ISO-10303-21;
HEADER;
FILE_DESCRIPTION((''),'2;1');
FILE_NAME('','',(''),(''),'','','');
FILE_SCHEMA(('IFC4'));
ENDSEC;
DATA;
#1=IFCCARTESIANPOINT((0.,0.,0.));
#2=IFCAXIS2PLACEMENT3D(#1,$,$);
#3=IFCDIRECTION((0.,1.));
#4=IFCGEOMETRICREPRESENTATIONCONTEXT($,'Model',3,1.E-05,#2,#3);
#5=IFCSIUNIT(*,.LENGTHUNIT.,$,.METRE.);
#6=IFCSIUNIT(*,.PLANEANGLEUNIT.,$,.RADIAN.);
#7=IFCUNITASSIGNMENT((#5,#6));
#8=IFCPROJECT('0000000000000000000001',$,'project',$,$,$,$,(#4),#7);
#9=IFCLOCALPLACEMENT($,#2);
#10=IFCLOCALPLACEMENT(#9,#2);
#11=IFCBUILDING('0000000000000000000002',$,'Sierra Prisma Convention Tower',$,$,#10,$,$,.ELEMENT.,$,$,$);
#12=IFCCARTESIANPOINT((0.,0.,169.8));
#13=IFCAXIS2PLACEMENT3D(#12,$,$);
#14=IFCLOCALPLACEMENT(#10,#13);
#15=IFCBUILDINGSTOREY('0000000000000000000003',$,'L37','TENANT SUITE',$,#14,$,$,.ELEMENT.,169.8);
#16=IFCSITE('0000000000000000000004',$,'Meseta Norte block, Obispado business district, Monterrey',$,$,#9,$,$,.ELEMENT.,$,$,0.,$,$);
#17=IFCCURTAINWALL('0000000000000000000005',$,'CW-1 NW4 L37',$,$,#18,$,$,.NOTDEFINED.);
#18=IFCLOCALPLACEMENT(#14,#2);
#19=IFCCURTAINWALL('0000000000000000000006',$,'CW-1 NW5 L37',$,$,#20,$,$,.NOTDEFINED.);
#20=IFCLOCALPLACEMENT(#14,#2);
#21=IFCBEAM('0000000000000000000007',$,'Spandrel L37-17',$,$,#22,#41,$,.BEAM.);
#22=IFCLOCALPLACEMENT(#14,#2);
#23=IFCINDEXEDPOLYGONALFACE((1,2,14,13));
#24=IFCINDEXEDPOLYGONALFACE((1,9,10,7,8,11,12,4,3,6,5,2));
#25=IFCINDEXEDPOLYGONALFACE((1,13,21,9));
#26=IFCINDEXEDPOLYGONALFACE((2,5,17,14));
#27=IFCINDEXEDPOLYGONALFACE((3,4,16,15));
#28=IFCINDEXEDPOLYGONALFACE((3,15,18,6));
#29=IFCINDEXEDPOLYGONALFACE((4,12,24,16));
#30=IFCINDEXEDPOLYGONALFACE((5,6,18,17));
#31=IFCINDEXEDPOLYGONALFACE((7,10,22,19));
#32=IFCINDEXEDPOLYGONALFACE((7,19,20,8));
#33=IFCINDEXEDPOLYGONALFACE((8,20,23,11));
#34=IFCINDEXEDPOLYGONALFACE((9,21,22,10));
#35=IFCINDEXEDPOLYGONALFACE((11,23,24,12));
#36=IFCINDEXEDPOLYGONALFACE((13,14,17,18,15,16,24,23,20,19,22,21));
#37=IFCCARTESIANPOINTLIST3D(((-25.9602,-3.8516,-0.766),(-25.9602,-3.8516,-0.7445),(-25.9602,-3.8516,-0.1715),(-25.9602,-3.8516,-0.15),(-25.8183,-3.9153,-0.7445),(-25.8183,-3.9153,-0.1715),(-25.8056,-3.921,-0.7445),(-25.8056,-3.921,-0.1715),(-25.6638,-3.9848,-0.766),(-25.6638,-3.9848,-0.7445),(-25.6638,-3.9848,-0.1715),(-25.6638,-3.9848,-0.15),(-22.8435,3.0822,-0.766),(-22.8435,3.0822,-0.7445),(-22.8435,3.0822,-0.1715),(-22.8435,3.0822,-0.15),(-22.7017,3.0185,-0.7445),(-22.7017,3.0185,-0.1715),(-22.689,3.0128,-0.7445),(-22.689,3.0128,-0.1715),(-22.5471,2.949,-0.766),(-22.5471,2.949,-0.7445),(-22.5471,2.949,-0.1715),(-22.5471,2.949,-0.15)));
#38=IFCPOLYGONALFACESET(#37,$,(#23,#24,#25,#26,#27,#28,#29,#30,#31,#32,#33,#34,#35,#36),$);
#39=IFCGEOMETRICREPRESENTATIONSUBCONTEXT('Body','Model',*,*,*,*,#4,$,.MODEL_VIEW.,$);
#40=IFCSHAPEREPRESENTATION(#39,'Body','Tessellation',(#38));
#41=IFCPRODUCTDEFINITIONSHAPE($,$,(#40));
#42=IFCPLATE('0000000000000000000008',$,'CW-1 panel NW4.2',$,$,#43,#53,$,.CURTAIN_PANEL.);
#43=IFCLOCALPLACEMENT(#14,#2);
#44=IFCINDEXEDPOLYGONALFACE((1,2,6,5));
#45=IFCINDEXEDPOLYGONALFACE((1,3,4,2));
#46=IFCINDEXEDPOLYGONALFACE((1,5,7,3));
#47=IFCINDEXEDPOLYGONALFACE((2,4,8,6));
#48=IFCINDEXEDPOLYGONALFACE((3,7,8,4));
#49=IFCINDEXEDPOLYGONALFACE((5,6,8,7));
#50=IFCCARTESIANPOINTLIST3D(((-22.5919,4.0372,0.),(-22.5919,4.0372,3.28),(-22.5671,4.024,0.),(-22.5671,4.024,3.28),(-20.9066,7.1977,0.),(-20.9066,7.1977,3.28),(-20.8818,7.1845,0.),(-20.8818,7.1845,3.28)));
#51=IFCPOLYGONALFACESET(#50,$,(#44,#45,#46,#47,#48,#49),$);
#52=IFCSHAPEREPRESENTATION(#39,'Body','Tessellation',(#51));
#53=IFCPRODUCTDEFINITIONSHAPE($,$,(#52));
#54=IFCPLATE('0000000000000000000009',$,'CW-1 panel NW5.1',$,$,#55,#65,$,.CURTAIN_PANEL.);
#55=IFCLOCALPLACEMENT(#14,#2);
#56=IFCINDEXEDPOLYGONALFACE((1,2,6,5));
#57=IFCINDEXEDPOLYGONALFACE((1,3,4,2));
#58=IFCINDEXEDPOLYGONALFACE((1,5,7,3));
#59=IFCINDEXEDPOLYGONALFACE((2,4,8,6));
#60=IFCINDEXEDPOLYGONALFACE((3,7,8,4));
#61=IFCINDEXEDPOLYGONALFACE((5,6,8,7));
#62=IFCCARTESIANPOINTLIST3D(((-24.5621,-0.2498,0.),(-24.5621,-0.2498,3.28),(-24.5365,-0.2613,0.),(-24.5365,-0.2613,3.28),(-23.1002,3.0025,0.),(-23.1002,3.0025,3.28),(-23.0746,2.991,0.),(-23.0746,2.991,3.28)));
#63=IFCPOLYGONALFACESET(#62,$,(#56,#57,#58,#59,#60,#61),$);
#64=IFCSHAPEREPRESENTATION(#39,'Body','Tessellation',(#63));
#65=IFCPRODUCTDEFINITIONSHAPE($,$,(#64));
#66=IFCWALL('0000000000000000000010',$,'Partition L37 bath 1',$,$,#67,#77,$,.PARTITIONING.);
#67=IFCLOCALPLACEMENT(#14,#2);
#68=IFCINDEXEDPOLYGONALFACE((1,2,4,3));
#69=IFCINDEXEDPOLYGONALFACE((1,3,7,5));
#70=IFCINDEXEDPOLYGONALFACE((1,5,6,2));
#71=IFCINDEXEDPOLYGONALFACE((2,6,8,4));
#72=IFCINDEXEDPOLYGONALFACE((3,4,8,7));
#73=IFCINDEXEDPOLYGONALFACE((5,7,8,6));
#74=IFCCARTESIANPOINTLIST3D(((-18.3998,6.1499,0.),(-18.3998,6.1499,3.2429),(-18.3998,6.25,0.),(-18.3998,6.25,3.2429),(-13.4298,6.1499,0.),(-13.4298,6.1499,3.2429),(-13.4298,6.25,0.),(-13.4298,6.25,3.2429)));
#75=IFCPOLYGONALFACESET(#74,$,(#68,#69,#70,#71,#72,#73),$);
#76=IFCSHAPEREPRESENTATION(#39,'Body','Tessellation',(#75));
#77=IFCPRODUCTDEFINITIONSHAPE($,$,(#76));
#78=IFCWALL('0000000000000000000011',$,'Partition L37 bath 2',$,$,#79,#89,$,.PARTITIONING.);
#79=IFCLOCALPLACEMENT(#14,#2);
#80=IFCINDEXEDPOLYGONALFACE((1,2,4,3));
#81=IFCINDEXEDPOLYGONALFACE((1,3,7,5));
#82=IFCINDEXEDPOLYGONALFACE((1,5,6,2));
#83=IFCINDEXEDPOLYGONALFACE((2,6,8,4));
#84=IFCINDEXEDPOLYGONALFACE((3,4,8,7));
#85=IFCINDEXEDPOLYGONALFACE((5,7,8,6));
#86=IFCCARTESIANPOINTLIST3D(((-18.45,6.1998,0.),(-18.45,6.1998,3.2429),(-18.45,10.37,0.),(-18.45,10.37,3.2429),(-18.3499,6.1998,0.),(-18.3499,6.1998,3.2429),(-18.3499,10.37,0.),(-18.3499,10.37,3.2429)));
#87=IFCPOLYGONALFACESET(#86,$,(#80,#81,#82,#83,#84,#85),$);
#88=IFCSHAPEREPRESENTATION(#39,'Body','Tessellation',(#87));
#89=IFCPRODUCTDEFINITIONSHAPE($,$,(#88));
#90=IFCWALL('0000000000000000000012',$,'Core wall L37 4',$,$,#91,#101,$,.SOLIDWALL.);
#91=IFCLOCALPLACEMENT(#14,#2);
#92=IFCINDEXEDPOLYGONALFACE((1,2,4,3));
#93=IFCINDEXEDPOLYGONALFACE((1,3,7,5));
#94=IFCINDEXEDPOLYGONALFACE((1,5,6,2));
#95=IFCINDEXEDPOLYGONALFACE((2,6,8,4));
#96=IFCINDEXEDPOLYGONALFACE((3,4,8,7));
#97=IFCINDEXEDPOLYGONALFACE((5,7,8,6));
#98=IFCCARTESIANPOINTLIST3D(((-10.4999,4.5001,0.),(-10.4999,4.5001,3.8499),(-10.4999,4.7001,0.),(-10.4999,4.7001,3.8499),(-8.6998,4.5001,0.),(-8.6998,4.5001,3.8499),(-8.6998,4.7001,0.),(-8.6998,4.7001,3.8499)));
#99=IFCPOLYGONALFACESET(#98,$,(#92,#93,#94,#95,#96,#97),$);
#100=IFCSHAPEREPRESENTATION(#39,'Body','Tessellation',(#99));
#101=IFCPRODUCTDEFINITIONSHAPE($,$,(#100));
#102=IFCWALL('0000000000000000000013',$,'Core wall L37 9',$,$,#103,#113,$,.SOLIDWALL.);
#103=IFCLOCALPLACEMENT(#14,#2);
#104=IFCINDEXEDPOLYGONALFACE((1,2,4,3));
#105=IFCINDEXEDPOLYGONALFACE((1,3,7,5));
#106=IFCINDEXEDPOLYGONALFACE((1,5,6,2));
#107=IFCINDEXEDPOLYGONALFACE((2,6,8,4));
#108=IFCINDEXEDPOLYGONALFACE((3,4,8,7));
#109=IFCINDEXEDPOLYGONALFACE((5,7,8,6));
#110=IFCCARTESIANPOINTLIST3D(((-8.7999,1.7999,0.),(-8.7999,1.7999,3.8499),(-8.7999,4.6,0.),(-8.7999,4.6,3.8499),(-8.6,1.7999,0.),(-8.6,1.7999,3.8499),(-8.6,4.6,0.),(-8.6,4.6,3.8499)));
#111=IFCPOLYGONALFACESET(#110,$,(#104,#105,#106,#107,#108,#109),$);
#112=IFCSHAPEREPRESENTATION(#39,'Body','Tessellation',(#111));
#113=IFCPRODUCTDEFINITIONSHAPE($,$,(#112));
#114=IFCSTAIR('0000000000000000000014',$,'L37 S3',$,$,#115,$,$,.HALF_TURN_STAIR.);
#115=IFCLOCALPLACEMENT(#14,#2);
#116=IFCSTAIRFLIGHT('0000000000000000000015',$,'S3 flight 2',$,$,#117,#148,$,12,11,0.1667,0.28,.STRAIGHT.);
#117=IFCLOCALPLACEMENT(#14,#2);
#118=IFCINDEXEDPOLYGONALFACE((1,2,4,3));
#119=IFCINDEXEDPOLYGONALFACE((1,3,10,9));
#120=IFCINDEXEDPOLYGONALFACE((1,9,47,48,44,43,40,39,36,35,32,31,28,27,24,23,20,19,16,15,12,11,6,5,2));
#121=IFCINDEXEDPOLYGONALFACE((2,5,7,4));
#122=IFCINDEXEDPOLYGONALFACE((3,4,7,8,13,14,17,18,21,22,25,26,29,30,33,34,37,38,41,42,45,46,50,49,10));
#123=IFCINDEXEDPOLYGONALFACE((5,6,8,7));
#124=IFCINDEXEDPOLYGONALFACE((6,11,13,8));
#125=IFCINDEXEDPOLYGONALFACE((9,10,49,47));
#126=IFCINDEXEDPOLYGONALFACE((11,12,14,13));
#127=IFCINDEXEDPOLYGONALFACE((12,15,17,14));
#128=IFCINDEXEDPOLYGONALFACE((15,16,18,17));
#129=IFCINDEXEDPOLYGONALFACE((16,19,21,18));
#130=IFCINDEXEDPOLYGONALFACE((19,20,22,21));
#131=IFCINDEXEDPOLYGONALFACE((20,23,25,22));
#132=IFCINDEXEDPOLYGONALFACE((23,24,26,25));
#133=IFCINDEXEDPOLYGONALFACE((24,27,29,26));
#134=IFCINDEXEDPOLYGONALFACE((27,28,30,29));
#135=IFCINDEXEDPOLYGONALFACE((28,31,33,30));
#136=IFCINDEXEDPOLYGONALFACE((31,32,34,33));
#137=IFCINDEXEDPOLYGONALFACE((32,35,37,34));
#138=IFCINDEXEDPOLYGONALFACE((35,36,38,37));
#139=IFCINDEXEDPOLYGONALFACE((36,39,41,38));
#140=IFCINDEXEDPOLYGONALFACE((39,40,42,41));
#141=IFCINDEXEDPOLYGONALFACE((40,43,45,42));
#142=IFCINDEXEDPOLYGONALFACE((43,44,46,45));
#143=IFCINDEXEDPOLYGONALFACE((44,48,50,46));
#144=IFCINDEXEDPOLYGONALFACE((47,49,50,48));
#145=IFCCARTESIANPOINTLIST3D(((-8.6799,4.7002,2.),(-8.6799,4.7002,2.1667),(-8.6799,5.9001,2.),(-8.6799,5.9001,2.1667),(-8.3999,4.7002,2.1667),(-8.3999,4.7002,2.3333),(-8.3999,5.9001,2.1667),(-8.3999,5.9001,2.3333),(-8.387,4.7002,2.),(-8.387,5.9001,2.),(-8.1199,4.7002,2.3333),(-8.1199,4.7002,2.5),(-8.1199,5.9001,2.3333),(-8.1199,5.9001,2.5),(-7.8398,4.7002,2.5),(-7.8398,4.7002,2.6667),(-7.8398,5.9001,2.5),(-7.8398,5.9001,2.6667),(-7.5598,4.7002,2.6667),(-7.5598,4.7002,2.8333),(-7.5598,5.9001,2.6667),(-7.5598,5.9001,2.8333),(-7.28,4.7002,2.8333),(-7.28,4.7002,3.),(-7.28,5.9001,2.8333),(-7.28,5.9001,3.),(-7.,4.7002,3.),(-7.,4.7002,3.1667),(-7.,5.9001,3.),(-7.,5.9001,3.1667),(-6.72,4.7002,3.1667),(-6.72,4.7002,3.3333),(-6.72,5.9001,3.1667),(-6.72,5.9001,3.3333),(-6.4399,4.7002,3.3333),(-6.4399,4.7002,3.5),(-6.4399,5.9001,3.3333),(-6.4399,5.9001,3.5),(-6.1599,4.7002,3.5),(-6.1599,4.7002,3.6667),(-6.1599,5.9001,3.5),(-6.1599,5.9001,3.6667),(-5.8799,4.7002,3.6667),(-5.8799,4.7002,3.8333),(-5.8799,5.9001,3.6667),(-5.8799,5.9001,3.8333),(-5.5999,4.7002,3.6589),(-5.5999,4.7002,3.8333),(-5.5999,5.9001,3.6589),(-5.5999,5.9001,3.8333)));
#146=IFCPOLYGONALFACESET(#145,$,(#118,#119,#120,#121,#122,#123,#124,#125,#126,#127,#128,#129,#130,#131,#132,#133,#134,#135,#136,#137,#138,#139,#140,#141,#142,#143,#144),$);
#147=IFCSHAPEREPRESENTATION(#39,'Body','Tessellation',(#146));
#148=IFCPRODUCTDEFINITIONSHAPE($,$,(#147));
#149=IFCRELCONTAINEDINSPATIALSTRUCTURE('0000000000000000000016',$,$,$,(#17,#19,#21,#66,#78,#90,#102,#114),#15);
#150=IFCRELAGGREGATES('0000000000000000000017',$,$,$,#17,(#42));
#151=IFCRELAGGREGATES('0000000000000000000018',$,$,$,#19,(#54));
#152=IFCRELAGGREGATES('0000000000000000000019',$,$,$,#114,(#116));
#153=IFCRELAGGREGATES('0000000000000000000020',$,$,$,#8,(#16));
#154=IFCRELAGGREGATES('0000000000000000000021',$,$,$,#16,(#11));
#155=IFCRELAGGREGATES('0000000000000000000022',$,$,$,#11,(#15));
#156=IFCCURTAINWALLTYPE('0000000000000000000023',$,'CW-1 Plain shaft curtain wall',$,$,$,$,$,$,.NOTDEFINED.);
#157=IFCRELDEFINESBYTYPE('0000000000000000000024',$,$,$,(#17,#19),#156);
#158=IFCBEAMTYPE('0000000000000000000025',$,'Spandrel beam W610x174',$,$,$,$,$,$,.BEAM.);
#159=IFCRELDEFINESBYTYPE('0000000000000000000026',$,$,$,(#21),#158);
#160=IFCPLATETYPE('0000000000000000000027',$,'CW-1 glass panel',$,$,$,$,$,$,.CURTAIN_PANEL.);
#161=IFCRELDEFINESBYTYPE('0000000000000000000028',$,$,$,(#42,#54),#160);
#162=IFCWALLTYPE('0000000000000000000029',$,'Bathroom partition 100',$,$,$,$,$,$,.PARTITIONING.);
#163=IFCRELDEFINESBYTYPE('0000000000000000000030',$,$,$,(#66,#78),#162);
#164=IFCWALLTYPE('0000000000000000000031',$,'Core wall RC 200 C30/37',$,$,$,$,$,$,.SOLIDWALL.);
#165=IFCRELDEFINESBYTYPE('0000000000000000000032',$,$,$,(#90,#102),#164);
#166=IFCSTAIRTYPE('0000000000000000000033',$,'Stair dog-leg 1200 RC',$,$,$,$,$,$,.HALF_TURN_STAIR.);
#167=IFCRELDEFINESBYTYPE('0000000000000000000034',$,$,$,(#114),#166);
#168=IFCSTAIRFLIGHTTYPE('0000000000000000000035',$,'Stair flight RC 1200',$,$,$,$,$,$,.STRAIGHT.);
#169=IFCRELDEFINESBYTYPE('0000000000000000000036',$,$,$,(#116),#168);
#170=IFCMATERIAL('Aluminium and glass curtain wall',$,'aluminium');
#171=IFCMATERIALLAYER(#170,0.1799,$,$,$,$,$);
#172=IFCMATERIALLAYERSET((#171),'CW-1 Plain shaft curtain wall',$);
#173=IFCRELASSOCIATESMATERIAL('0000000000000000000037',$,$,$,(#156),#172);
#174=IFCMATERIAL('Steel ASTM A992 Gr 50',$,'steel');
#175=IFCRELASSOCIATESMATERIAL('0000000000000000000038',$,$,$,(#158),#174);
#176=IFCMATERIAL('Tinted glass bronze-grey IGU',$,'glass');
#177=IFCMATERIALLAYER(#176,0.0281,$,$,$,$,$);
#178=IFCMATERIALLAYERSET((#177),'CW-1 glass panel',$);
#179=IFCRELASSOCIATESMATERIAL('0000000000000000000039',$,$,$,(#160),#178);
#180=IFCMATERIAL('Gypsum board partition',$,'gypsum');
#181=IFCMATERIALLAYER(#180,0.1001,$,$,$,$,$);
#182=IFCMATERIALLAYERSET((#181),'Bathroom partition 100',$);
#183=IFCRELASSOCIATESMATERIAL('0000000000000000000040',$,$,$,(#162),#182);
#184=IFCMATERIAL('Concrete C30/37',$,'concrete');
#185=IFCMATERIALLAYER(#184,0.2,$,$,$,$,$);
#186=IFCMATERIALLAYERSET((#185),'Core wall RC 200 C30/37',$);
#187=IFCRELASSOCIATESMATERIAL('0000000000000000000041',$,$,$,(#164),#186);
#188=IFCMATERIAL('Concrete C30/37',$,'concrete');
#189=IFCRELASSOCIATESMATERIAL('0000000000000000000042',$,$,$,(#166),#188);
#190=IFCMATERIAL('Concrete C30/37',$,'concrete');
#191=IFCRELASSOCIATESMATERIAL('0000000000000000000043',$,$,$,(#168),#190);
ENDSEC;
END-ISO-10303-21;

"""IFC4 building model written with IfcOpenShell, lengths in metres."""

from ifc_helpers import new_model, si_unit, direction, frame, frame_2d, origin, origin_2d, place, context, subcontext, project, spatial, polyline, rectangle, i_section, outline, extrude, material, layer, layer_set, material_profile, profile_set, type_object, element, aggregate, save


model = new_model("IFC4")

# Units and contexts
model_context = context("Model", 3, precision=1e-05, world=origin(), true_north=direction((0.0, 1.0)))
body_context = subcontext(model_context, "Body", "Model", "MODEL_VIEW")
ifc_project = project(units=[si_unit("LENGTHUNIT", "METRE"), si_unit("PLANEANGLEUNIT", "RADIAN")], contexts=[model_context])

# Site, building, storey
site_placement = place(None, origin())
site = spatial("IfcSite", under=ifc_project, at=site_placement, Name="Meseta Norte block, Obispado business district, Monterrey", CompositionType="ELEMENT", RefElevation=0.0)
building_placement = place(site_placement, origin())
building = spatial("IfcBuilding", under=site, at=building_placement, Name="Sierra Prisma Convention Tower", CompositionType="ELEMENT")
storey_placement = place(building_placement, frame((0.0, 0.0, 169.8)))
storey = spatial("IfcBuildingStorey", under=building, at=storey_placement, Name="L37", Description="TENANT SUITE", CompositionType="ELEMENT", Elevation=169.8)

# Curtain wall
ifc_material_1 = material(Name="Aluminium and glass curtain wall", Category="aluminium")
ifc_layer_1 = layer(ifc_material_1, 0.1799)
ifc_layer_set_1 = layer_set([ifc_layer_1], Name="CW-1 Plain shaft curtain wall")
curtain_wall_type = type_object("IfcCurtainWallType", Name="CW-1 Plain shaft curtain wall", PredefinedType="NOTDEFINED", material=ifc_layer_set_1)
curtain_wall_1_placement = place(storey_placement, origin())
curtain_wall_1 = element("IfcCurtainWall", 1, at=curtain_wall_1_placement, inside=storey, type_object=curtain_wall_type, Name="CW-1 NW4 L37", PredefinedType="NOTDEFINED")

# Curtain wall
curtain_wall_2_placement = place(storey_placement, origin())
curtain_wall_2 = element("IfcCurtainWall", 2, at=curtain_wall_2_placement, inside=storey, type_object=curtain_wall_type, Name="CW-1 NW5 L37", PredefinedType="NOTDEFINED")

# Beam
ifc_material_2 = material(Name="Steel ASTM A992 Gr 50", Category="steel")
ifc_material_profile_1 = material_profile(ifc_material_2, i_section(OverallWidth=0.325, OverallDepth=0.616, WebThickness=0.0139, FlangeThickness=0.0215, at=origin_2d()), Name="W610x174")
ifc_profile_set_1 = profile_set([ifc_material_profile_1], Name="Steel ASTM A992 Gr 50")
beam_type_1 = type_object("IfcBeamType", Name="Spandrel beam W610x174", PredefinedType="BEAM", material=ifc_profile_set_1)
beam_1_placement = place(storey_placement, frame((-22.6953, 3.0156, -0.458), z_axis=(-0.409979, -0.912095, 0.0), x_axis=(0.912095, -0.409979, 0.0)))
element("IfcBeam", 3, at=beam_1_placement, inside=storey, type_object=beam_type_1, Name="Spandrel L37-17", PredefinedType="BEAM", context=body_context, shape_type="SweptSolid", body=[
    extrude(i_section(OverallWidth=0.325, OverallDepth=0.616, WebThickness=0.0139, FlangeThickness=0.0215, at=origin_2d()), origin(), (0.0, 0.0, 1.0), 7.6021),
])

# Plates
ifc_material_3 = material(Name="Tinted glass bronze-grey IGU", Category="glass")
ifc_layer_2 = layer(ifc_material_3, 0.0281)
ifc_layer_set_2 = layer_set([ifc_layer_2], Name="CW-1 glass panel")
plate_type = type_object("IfcPlateType", Name="CW-1 glass panel", PredefinedType="CURTAIN_PANEL", material=ifc_layer_set_2)
plate_1_placement = place(storey_placement, frame((-21.7368, 5.6108, 0.0), z_axis=(0.0, 0.0, 1.0), x_axis=(-0.470518, -0.88239, 0.0)))
plate_1 = element("IfcPlate", 4, at=plate_1_placement, type_object=plate_type, Name="CW-1 panel NW4.2", PredefinedType="CURTAIN_PANEL", context=body_context, shape_type="SweptSolid", body=[
    extrude(rectangle(XDim=3.5818, YDim=0.0281, at=origin_2d()), origin(), (0.0, 0.0, 1.0), 3.28),
])
aggregate(curtain_wall_1, [plate_1])
plate_2_placement = place(storey_placement, frame((-23.8184, 1.3706, 0.0), z_axis=(0.0, 0.0, 1.0), x_axis=(-0.409985, -0.912092, 0.0)))
plate_2 = element("IfcPlate", 5, at=plate_2_placement, type_object=plate_type, Name="CW-1 panel NW5.1", PredefinedType="CURTAIN_PANEL", context=body_context, shape_type="SweptSolid", body=[
    extrude(rectangle(XDim=3.5657, YDim=0.0281, at=origin_2d()), origin(), (0.0, 0.0, 1.0), 3.28),
])
aggregate(curtain_wall_2, [plate_2])

# Walls
ifc_material_4 = material(Name="Gypsum board partition", Category="gypsum")
ifc_layer_3 = layer(ifc_material_4, 0.1001)
ifc_layer_set_3 = layer_set([ifc_layer_3], Name="Bathroom partition 100")
wall_type_1 = type_object("IfcWallType", Name="Bathroom partition 100", PredefinedType="PARTITIONING", material=ifc_layer_set_3)
wall_1_placement = place(storey_placement, frame((-13.4299, 6.2, 0.0), z_axis=(0.0, 0.0, 1.0), x_axis=(-1.0, 0.0, 0.0)))
element("IfcWall", 6, at=wall_1_placement, inside=storey, type_object=wall_type_1, Name="Partition L37 bath 1", PredefinedType="PARTITIONING", context=body_context, shape_type="SweptSolid", body=[
    extrude(rectangle(XDim=4.97, YDim=0.1001, at=frame_2d((2.4849, 0.0))), origin(), (0.0, 0.0, 1.0), 3.2429),
])
wall_2_placement = place(storey_placement, frame((-18.3999, 6.2, 0.0), z_axis=(0.0, 0.0, 1.0), x_axis=(0.0, 1.0, 0.0)))
element("IfcWall", 7, at=wall_2_placement, inside=storey, type_object=wall_type_1, Name="Partition L37 bath 2", PredefinedType="PARTITIONING", context=body_context, shape_type="SweptSolid", body=[
    extrude(rectangle(XDim=4.1702, YDim=0.1001, at=frame_2d((2.085, 0.0))), origin(), (0.0, 0.0, 1.0), 3.2429),
])

# Shared definitions
ifc_material_5 = material(Name="Concrete C30/37", Category="concrete")
ifc_layer_4 = layer(ifc_material_5, 0.2)
ifc_layer_set_4 = layer_set([ifc_layer_4], Name="Core wall RC 200 C30/37")
wall_type_2 = type_object("IfcWallType", Name="Core wall RC 200 C30/37", PredefinedType="SOLIDWALL", material=ifc_layer_set_4)

# Wall
wall_3_placement = place(storey_placement, frame((-8.7, 4.6001, 0.0), z_axis=(0.0, 0.0, 1.0), x_axis=(-1.0, 0.0, 0.0)))
element("IfcWall", 8, at=wall_3_placement, inside=storey, type_object=wall_type_2, Name="Core wall L37 4", PredefinedType="SOLIDWALL", context=body_context, shape_type="SweptSolid", body=[
    extrude(rectangle(XDim=1.8, YDim=0.2, at=frame_2d((0.8999, 0.0))), origin(), (0.0, 0.0, 1.0), 3.8499),
])

# Wall
wall_4_placement = place(storey_placement, frame((-8.7, 1.8, 0.0), z_axis=(0.0, 0.0, 1.0), x_axis=(0.0, 1.0, 0.0)))
element("IfcWall", 9, at=wall_4_placement, inside=storey, type_object=wall_type_2, Name="Core wall L37 9", PredefinedType="SOLIDWALL", context=body_context, shape_type="SweptSolid", body=[
    extrude(rectangle(XDim=2.8, YDim=0.2, at=frame_2d((1.3999, 0.0))), origin(), (0.0, 0.0, 1.0), 3.8499),
])

# Stair, stair flight
ifc_material_6 = material(Name="Concrete C30/37", Category="concrete")
stair_type = type_object("IfcStairType", Name="Stair dog-leg 1200 RC", PredefinedType="HALF_TURN_STAIR", material=ifc_material_6)
stair_placement = place(storey_placement, origin())
stair = element("IfcStair", 10, at=stair_placement, inside=storey, type_object=stair_type, Name="L37 S3", PredefinedType="HALF_TURN_STAIR")
ifc_material_7 = material(Name="Concrete C30/37", Category="concrete")
stair_flight_type = type_object("IfcStairFlightType", Name="Stair flight RC 1200", PredefinedType="STRAIGHT", material=ifc_material_7)
stair_flight_placement = place(storey_placement, frame((-8.6799, 5.3, 2.0), z_axis=(0.0, 0.0, 1.0), x_axis=(1.0, 0.0, 0.0)))
stair_flight = element("IfcStairFlight", 11, at=stair_flight_placement, type_object=stair_flight_type, Name="S3 flight 2", NumberOfRisers=12, NumberOfTreads=11, PredefinedType="STRAIGHT", RiserHeight=0.1667, TreadLength=0.28, context=body_context, shape_type="SweptSolid", body=[
    extrude(outline(polyline([(0.0, 0.0), (0.0, 0.1667), (0.28, 0.1667), (0.28, 0.3333), (0.5601, 0.3333), (0.5601, 0.5), (0.8401, 0.5), (0.8401, 0.6667), (1.1201, 0.6667), (1.1201, 0.8333), (1.3999, 0.8333), (1.3999, 1.0), (1.6799, 1.0), (1.6799, 1.1667), (1.96, 1.1667), (1.96, 1.3333), (2.24, 1.3333), (2.24, 1.5), (2.52, 1.5), (2.52, 1.6667), (2.8, 1.6667), (2.8, 1.8333), (3.0801, 1.8333), (3.0801, 2.0), (3.0801, 1.6589), (0.293, 0.0), (0.0, 0.0)])), frame((0.0, 0.6001, 0.0), z_axis=(0.0, -1.0, 0.0), x_axis=(1.0, 0.0, 0.0)), (0.0, 0.0, 1.0), 1.2),
])
aggregate(stair, [stair_flight])

save(model, "model.ifc")
